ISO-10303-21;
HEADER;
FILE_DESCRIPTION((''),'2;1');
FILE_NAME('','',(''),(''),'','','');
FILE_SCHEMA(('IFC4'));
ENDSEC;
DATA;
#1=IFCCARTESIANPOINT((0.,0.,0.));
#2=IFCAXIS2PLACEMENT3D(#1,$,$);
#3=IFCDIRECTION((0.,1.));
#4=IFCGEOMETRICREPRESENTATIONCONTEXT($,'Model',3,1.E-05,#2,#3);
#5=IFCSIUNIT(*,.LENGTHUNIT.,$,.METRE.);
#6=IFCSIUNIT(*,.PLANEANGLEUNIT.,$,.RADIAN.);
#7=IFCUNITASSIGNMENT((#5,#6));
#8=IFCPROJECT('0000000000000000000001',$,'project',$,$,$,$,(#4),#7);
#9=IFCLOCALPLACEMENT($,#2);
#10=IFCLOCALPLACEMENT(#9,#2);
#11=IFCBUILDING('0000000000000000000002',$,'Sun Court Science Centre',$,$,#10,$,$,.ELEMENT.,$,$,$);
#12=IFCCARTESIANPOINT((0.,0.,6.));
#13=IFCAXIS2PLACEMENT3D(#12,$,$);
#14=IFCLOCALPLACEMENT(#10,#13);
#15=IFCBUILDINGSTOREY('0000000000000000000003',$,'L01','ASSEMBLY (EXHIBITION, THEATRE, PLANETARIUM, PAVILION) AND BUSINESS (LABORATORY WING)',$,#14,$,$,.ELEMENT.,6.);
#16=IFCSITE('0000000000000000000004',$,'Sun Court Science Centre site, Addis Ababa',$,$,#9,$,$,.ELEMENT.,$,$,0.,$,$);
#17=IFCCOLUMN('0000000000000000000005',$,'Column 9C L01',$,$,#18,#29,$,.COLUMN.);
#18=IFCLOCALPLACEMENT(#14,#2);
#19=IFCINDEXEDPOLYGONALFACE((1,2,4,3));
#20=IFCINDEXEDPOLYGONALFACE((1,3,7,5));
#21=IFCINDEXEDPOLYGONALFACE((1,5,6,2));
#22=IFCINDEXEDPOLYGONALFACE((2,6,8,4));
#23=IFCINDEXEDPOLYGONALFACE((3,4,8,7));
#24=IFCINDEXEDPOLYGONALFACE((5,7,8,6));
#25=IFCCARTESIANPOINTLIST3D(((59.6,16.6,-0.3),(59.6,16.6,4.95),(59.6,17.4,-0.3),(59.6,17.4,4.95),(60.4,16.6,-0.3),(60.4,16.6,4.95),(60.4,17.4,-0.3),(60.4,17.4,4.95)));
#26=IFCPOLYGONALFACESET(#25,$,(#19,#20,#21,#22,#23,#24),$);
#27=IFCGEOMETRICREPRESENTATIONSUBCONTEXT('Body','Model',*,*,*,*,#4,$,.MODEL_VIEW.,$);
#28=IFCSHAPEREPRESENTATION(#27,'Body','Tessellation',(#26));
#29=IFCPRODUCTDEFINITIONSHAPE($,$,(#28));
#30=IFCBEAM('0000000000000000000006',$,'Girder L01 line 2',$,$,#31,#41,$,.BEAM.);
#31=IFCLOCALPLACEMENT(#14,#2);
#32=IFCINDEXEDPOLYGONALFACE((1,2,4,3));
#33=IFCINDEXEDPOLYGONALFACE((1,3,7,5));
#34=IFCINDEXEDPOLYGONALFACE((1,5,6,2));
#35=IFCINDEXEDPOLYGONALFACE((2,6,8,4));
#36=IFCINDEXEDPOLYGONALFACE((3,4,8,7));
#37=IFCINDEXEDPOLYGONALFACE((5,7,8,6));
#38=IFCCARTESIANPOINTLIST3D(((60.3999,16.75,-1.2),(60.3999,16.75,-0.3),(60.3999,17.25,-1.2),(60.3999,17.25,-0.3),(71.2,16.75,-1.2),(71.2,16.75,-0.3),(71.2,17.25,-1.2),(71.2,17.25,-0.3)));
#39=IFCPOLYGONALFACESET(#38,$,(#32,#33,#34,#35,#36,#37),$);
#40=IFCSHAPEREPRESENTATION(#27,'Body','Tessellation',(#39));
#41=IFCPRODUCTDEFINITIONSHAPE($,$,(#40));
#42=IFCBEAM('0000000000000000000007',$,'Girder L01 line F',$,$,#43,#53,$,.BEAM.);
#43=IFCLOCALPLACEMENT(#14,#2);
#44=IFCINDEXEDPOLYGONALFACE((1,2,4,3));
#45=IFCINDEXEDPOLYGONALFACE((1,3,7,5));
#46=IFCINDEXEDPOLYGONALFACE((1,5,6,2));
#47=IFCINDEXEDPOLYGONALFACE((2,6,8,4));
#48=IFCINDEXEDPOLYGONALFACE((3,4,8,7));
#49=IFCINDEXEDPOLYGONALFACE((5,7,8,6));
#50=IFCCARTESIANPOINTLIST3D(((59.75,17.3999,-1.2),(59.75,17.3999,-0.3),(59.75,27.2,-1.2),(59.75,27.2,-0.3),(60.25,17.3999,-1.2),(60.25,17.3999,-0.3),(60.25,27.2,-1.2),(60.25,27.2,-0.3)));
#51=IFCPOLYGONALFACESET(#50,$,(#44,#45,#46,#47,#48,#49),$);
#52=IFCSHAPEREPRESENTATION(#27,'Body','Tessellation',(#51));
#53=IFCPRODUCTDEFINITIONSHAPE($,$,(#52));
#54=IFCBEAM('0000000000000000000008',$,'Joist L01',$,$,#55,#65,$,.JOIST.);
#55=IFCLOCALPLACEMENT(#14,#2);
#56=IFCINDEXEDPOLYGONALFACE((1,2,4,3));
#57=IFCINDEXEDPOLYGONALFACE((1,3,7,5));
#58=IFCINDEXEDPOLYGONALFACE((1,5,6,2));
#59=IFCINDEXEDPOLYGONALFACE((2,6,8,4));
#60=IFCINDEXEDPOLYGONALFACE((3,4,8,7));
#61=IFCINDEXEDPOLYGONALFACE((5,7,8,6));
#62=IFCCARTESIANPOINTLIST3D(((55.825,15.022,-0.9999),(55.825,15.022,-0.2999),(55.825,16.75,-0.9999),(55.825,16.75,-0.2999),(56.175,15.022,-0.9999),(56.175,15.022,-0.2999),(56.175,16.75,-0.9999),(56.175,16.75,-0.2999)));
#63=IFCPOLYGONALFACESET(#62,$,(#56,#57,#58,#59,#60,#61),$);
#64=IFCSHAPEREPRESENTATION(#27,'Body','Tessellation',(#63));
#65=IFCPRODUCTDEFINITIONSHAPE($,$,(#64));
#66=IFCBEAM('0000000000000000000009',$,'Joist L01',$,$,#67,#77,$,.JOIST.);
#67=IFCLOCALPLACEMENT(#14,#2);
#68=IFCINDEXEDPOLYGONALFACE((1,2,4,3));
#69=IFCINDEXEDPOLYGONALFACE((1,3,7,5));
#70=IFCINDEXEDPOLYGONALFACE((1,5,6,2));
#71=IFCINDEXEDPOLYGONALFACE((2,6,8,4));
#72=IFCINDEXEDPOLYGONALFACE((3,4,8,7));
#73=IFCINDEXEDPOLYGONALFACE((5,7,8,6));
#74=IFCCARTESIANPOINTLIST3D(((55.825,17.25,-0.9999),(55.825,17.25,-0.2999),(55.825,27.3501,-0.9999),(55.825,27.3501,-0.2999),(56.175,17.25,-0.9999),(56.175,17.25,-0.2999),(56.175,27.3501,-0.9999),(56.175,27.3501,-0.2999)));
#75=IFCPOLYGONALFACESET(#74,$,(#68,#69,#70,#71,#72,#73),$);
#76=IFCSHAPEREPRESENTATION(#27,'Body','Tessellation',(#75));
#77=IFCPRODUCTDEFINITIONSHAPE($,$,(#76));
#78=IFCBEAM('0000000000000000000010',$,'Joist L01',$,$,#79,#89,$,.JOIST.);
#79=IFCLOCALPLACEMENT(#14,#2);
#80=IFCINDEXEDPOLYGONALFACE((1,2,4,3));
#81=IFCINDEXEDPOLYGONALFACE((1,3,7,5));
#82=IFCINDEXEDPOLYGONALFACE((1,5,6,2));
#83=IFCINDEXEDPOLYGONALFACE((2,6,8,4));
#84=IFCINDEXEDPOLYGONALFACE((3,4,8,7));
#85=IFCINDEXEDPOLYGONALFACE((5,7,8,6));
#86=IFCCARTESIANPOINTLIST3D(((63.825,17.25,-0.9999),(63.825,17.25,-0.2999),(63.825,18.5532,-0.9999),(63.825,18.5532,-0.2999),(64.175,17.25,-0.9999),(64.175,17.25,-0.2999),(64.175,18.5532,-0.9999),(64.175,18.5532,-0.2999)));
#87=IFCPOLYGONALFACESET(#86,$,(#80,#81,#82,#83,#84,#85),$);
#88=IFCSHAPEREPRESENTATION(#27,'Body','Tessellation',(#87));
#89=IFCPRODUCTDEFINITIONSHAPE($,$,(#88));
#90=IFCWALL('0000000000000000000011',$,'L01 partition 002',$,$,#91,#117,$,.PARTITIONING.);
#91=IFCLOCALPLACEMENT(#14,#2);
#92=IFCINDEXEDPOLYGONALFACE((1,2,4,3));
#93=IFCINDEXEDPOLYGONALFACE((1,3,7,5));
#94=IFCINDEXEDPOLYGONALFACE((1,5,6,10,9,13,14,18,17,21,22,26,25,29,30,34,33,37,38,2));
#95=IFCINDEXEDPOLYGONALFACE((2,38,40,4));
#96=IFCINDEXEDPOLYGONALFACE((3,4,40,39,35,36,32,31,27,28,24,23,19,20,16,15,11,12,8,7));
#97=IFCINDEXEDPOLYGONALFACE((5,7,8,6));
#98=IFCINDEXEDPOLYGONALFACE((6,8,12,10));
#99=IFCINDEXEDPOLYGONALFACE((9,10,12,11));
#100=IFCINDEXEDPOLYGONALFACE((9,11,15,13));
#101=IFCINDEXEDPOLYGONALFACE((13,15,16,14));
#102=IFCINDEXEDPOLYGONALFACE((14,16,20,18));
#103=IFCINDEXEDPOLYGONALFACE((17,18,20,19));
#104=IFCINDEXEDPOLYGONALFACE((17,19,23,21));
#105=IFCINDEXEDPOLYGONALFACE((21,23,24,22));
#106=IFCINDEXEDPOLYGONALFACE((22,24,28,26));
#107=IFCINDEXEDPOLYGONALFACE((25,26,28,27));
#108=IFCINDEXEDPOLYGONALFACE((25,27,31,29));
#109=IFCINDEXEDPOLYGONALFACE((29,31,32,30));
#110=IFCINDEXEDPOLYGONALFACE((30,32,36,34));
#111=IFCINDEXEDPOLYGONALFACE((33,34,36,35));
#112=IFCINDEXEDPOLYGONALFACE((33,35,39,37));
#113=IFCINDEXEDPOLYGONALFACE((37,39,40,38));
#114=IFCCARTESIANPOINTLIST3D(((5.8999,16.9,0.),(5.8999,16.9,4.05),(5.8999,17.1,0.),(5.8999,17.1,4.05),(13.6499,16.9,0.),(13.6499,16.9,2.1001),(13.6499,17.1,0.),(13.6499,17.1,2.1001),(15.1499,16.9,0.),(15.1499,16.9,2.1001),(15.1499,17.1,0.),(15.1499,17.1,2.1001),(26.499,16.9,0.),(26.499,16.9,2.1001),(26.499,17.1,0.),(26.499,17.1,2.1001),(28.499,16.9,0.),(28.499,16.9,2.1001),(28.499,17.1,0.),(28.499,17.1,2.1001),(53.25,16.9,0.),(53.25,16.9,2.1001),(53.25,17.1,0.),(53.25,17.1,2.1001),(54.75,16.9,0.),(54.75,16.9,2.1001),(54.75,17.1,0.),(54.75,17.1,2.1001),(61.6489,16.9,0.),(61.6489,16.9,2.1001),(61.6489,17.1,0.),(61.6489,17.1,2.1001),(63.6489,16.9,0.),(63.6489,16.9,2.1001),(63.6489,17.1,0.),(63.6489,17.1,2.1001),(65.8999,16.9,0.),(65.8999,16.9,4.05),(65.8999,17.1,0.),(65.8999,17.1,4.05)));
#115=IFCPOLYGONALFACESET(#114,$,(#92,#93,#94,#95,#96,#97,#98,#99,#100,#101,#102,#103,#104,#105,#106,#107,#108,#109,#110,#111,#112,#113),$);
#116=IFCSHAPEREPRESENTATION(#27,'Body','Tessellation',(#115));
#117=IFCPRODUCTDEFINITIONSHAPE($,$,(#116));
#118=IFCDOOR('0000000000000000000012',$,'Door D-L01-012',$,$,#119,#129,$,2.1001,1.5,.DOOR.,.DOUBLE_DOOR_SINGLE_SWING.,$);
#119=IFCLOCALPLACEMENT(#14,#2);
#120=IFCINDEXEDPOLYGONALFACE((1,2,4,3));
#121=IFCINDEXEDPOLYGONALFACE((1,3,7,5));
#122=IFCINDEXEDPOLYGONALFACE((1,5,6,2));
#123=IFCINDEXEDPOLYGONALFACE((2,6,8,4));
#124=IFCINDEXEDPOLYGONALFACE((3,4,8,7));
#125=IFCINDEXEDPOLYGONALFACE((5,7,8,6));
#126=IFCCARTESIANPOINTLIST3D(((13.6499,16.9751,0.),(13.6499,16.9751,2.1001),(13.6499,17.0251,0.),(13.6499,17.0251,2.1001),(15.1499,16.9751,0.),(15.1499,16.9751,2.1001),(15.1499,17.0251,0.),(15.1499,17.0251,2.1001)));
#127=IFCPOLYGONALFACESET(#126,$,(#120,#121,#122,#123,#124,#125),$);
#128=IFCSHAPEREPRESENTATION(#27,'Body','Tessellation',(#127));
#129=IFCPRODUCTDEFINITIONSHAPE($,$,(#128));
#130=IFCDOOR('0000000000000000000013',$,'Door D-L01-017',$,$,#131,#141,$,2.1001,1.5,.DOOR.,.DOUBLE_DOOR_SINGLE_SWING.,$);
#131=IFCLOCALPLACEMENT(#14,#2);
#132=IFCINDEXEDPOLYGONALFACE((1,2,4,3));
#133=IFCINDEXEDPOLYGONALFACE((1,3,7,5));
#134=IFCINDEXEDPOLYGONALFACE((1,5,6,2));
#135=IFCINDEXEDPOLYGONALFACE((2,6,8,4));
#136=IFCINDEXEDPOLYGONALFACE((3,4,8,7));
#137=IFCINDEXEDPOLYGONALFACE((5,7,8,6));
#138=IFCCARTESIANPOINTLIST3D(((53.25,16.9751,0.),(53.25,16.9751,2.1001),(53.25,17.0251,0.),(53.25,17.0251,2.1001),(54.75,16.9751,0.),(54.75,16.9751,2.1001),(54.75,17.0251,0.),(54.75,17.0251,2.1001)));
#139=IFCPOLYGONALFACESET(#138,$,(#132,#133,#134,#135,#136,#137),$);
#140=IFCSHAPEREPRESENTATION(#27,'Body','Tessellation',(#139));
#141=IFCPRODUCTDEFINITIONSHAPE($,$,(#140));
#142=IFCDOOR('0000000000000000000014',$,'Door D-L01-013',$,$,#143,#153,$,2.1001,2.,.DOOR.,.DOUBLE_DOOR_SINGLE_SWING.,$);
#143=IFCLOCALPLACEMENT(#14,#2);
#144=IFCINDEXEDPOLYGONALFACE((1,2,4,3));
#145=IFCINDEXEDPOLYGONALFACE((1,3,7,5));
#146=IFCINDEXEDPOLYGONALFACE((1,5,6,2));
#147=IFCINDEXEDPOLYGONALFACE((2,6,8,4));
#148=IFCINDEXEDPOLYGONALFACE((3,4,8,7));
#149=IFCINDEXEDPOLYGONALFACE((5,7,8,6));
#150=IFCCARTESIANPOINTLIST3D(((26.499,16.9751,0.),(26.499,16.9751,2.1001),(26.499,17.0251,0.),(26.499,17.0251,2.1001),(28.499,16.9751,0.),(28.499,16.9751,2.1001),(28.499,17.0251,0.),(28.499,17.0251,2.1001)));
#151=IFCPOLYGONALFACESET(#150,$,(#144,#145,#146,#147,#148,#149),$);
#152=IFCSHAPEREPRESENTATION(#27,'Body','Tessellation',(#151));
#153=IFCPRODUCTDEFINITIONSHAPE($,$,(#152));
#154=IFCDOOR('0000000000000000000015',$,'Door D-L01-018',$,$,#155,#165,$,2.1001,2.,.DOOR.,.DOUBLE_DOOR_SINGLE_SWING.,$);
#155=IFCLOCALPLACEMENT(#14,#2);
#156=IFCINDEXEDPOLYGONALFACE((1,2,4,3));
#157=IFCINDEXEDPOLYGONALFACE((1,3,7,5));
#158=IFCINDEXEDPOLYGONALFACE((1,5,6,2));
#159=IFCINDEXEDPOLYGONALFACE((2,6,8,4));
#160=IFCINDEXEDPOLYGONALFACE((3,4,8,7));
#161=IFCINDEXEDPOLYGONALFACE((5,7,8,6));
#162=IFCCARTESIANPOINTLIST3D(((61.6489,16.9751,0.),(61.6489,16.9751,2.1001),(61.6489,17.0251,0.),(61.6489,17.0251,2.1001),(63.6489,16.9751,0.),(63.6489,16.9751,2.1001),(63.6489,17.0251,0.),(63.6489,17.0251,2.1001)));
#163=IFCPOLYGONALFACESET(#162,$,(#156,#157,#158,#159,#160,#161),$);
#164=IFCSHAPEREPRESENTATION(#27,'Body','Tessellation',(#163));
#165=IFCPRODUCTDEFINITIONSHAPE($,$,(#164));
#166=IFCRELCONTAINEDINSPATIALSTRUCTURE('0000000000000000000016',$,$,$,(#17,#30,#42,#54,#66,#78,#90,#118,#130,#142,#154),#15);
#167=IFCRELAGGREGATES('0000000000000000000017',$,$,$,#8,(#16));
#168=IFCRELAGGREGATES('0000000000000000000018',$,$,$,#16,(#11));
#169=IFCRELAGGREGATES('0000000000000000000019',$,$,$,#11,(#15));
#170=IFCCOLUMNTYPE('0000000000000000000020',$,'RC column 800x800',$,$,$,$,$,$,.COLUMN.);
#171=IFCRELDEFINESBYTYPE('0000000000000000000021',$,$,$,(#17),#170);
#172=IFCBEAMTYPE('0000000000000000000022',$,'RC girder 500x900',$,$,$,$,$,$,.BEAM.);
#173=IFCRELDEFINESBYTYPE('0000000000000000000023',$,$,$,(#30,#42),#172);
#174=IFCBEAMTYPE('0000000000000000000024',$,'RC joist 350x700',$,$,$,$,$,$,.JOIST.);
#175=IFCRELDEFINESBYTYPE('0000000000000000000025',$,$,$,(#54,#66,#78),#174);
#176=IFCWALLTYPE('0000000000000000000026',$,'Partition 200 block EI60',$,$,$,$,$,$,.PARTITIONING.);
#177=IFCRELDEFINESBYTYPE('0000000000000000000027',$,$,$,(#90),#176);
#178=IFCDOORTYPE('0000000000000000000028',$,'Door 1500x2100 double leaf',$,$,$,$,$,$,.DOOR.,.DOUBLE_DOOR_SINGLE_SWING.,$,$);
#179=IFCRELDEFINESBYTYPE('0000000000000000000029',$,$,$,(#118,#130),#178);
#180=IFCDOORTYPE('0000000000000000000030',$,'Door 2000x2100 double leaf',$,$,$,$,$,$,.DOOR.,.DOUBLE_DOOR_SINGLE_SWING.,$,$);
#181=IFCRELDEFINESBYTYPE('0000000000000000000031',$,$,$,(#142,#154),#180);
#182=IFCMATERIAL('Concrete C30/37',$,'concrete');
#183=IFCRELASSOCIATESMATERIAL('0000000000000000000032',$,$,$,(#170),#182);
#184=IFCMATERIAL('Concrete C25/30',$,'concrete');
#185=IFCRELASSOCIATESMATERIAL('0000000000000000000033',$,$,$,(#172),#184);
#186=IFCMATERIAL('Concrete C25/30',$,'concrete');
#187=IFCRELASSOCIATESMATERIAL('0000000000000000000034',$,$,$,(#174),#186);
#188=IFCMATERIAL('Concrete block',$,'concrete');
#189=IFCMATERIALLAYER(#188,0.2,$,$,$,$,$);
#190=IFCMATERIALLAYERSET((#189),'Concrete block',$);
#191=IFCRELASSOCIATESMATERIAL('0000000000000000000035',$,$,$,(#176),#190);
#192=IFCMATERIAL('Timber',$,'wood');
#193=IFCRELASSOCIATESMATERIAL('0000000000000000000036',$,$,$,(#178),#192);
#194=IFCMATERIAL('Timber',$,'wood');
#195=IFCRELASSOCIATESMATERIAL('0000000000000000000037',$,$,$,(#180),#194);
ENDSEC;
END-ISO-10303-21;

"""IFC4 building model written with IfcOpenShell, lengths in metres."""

from ifc_helpers import new_model, si_unit, direction, frame, frame_2d, origin, origin_2d, place, context, subcontext, project, spatial, rectangle, extrude, material, layer, layer_set, material_profile, profile_set, type_object, element, fill, save


model = new_model("IFC4")

# Units and contexts
model_context = context("Model", 3, precision=1e-05, world=origin(), true_north=direction((0.0, 1.0)))
body_context = subcontext(model_context, "Body", "Model", "MODEL_VIEW")
ifc_project = project(units=[si_unit("LENGTHUNIT", "METRE"), si_unit("PLANEANGLEUNIT", "RADIAN")], contexts=[model_context])

# Site, building, storey
site_placement = place(None, origin())
site = spatial("IfcSite", under=ifc_project, at=site_placement, Name="Sun Court Science Centre site, Addis Ababa", CompositionType="ELEMENT", RefElevation=0.0)
building_placement = place(site_placement, origin())
building = spatial("IfcBuilding", under=site, at=building_placement, Name="Sun Court Science Centre", CompositionType="ELEMENT")
storey_placement = place(building_placement, frame((0.0, 0.0, 6.0)))
storey = spatial("IfcBuildingStorey", under=building, at=storey_placement, Name="L01", Description="ASSEMBLY (EXHIBITION, THEATRE, PLANETARIUM, PAVILION) AND BUSINESS (LABORATORY WING)", CompositionType="ELEMENT", Elevation=6.0)

# Column
ifc_material_1 = material(Name="Concrete C30/37", Category="concrete")
ifc_material_profile_1 = material_profile(ifc_material_1, rectangle(XDim=0.8, YDim=0.8, at=origin_2d()), Name="RC 800x800")
ifc_profile_set_1 = profile_set([ifc_material_profile_1], Name="Concrete C30/37")
column_type = type_object("IfcColumnType", Name="RC column 800x800", PredefinedType="COLUMN", material=ifc_profile_set_1)
column_placement = place(storey_placement, frame((60.0, 17.0, -0.3), z_axis=(0.0, 0.0, 1.0), x_axis=(1.0, 0.0, 0.0)))
element("IfcColumn", 1, at=column_placement, inside=storey, type_object=column_type, Name="Column 9C L01", PredefinedType="COLUMN", context=body_context, shape_type="SweptSolid", body=[
    extrude(rectangle(XDim=0.8, YDim=0.8, at=origin_2d()), origin(), (0.0, 0.0, 1.0), 5.25),
])

# Beams
ifc_material_2 = material(Name="Concrete C25/30", Category="concrete")
ifc_material_profile_2 = material_profile(ifc_material_2, rectangle(XDim=0.5, YDim=0.8999, at=origin_2d()), Name="RC 500x900")
ifc_profile_set_2 = profile_set([ifc_material_profile_2], Name="Concrete C25/30")
beam_type_1 = type_object("IfcBeamType", Name="RC girder 500x900", PredefinedType="BEAM", material=ifc_profile_set_2)
beam_1_placement = place(storey_placement, frame((60.3999, 17.0, -0.75), z_axis=(1.0, 0.0, 0.0), x_axis=(0.0, 1.0, 0.0)))
element("IfcBeam", 2, at=beam_1_placement, inside=storey, type_object=beam_type_1, Name="Girder L01 line 2", PredefinedType="BEAM", context=body_context, shape_type="SweptSolid", body=[
    extrude(rectangle(XDim=0.5, YDim=0.8999, at=origin_2d()), origin(), (0.0, 0.0, 1.0), 10.8),
])
beam_2_placement = place(storey_placement, frame((60.0, 17.3999, -0.75), z_axis=(0.0, 1.0, 0.0), x_axis=(-1.0, 0.0, 0.0)))
element("IfcBeam", 3, at=beam_2_placement, inside=storey, type_object=beam_type_1, Name="Girder L01 line F", PredefinedType="BEAM", context=body_context, shape_type="SweptSolid", body=[
    extrude(rectangle(XDim=0.5, YDim=0.8999, at=origin_2d()), origin(), (0.0, 0.0, 1.0), 9.8),
])
ifc_material_3 = material(Name="Concrete C25/30", Category="concrete")
ifc_material_profile_3 = material_profile(ifc_material_3, rectangle(XDim=0.3501, YDim=0.7, at=origin_2d()), Name="RC 350x700")
ifc_profile_set_3 = profile_set([ifc_material_profile_3], Name="Concrete C25/30")
beam_type_2 = type_object("IfcBeamType", Name="RC joist 350x700", PredefinedType="JOIST", material=ifc_profile_set_3)
beam_3_placement = place(storey_placement, frame((56.0, 15.022, -0.6499), z_axis=(0.0, 1.0, 0.0), x_axis=(-1.0, 0.0, 0.0)))
element("IfcBeam", 4, at=beam_3_placement, inside=storey, type_object=beam_type_2, Name="Joist L01", PredefinedType="JOIST", context=body_context, shape_type="SweptSolid", body=[
    extrude(rectangle(XDim=0.3501, YDim=0.7, at=origin_2d()), origin(), (0.0, 0.0, 1.0), 1.728),
])
beam_4_placement = place(storey_placement, frame((56.0, 17.25, -0.6499), z_axis=(0.0, 1.0, 0.0), x_axis=(-1.0, 0.0, 0.0)))
element("IfcBeam", 5, at=beam_4_placement, inside=storey, type_object=beam_type_2, Name="Joist L01", PredefinedType="JOIST", context=body_context, shape_type="SweptSolid", body=[
    extrude(rectangle(XDim=0.3501, YDim=0.7, at=origin_2d()), origin(), (0.0, 0.0, 1.0), 10.1001),
])
beam_5_placement = place(storey_placement, frame((64.0, 17.25, -0.6499), z_axis=(0.0, 1.0, 0.0), x_axis=(-1.0, 0.0, 0.0)))
element("IfcBeam", 6, at=beam_5_placement, inside=storey, type_object=beam_type_2, Name="Joist L01", PredefinedType="JOIST", context=body_context, shape_type="SweptSolid", body=[
    extrude(rectangle(XDim=0.3501, YDim=0.7, at=origin_2d()), origin(), (0.0, 0.0, 1.0), 1.3032),
])

# Wall, openings, doors
ifc_material_4 = material(Name="Concrete block", Category="concrete")
ifc_layer_1 = layer(ifc_material_4, 0.2)
ifc_layer_set_1 = layer_set([ifc_layer_1], Name="Concrete block")
wall_type_1 = type_object("IfcWallType", Name="Partition 200 block EI60", PredefinedType="PARTITIONING", material=ifc_layer_set_1)
wall_1_placement = place(storey_placement, frame((65.8999, 17.0, 0.0), z_axis=(0.0, 0.0, 1.0), x_axis=(-1.0, 0.0, 0.0)))
wall_1 = element("IfcWall", 7, at=wall_1_placement, inside=storey, type_object=wall_type_1, Name="L01 partition 002", PredefinedType="PARTITIONING", context=body_context, shape_type="SweptSolid", body=[
    extrude(rectangle(XDim=60.0, YDim=0.2, at=frame_2d((30.0, 0.0))), origin(), (0.0, 0.0, 1.0), 4.05),
])
opening_1_placement = place(wall_1_placement, frame((50.75, 0.0, 0.0)))
opening_1 = element("IfcOpeningElement", 8, at=opening_1_placement, cuts=wall_1, PredefinedType="OPENING", context=body_context, shape_type="SweptSolid", body=[
    extrude(rectangle(XDim=1.5, YDim=2.1001, at=frame_2d((0.75, 1.05))), frame((0.0, 0.1099, 0.0), z_axis=(0.0, -1.0, 0.0), x_axis=(1.0, 0.0, 0.0)), (0.0, 0.0, 1.0), 0.22),
])
opening_2_placement = place(wall_1_placement, frame((37.4009, 0.0, 0.0)))
opening_2 = element("IfcOpeningElement", 9, at=opening_2_placement, cuts=wall_1, PredefinedType="OPENING", context=body_context, shape_type="SweptSolid", body=[
    extrude(rectangle(XDim=2.0, YDim=2.1001, at=frame_2d((1.0, 1.05))), frame((0.0, 0.1099, 0.0), z_axis=(0.0, -1.0, 0.0), x_axis=(1.0, 0.0, 0.0)), (0.0, 0.0, 1.0), 0.22),
])
opening_3_placement = place(wall_1_placement, frame((11.1499, 0.0, 0.0)))
opening_3 = element("IfcOpeningElement", 10, at=opening_3_placement, cuts=wall_1, PredefinedType="OPENING", context=body_context, shape_type="SweptSolid", body=[
    extrude(rectangle(XDim=1.5, YDim=2.1001, at=frame_2d((0.75, 1.05))), frame((0.0, 0.1099, 0.0), z_axis=(0.0, -1.0, 0.0), x_axis=(1.0, 0.0, 0.0)), (0.0, 0.0, 1.0), 0.22),
])
opening_4_placement = place(wall_1_placement, frame((2.251, 0.0, 0.0)))
opening_4 = element("IfcOpeningElement", 11, at=opening_4_placement, cuts=wall_1, PredefinedType="OPENING", context=body_context, shape_type="SweptSolid", body=[
    extrude(rectangle(XDim=2.0, YDim=2.1001, at=frame_2d((1.0, 1.05))), frame((0.0, 0.1099, 0.0), z_axis=(0.0, -1.0, 0.0), x_axis=(1.0, 0.0, 0.0)), (0.0, 0.0, 1.0), 0.22),
])
ifc_material_5 = material(Name="Timber", Category="wood")
door_type_1 = type_object("IfcDoorType", Name="Door 1500x2100 double leaf", OperationType="DOUBLE_DOOR_SINGLE_SWING", PredefinedType="DOOR", material=ifc_material_5)
door_1_placement = place(opening_1_placement, origin())
door_1 = element("IfcDoor", 12, at=door_1_placement, inside=storey, type_object=door_type_1, Name="Door D-L01-012", OperationType="DOUBLE_DOOR_SINGLE_SWING", OverallHeight=2.1001, OverallWidth=1.5, PredefinedType="DOOR", context=body_context, shape_type="SweptSolid", body=[
    extrude(rectangle(XDim=1.5, YDim=2.1001, at=frame_2d((0.75, 1.05))), frame((0.0, 0.0249, 0.0), z_axis=(0.0, -1.0, 0.0), x_axis=(1.0, 0.0, 0.0)), (0.0, 0.0, 1.0), 0.05),
])
fill(opening_1, door_1)
door_2_placement = place(opening_3_placement, origin())
door_2 = element("IfcDoor", 13, at=door_2_placement, inside=storey, type_object=door_type_1, Name="Door D-L01-017", OperationType="DOUBLE_DOOR_SINGLE_SWING", OverallHeight=2.1001, OverallWidth=1.5, PredefinedType="DOOR", context=body_context, shape_type="SweptSolid", body=[
    extrude(rectangle(XDim=1.5, YDim=2.1001, at=frame_2d((0.75, 1.05))), frame((0.0, 0.0249, 0.0), z_axis=(0.0, -1.0, 0.0), x_axis=(1.0, 0.0, 0.0)), (0.0, 0.0, 1.0), 0.05),
])
fill(opening_3, door_2)
ifc_material_6 = material(Name="Timber", Category="wood")
door_type_2 = type_object("IfcDoorType", Name="Door 2000x2100 double leaf", OperationType="DOUBLE_DOOR_SINGLE_SWING", PredefinedType="DOOR", material=ifc_material_6)
door_3_placement = place(opening_2_placement, origin())
door_3 = element("IfcDoor", 14, at=door_3_placement, inside=storey, type_object=door_type_2, Name="Door D-L01-013", OperationType="DOUBLE_DOOR_SINGLE_SWING", OverallHeight=2.1001, OverallWidth=2.0, PredefinedType="DOOR", context=body_context, shape_type="SweptSolid", body=[
    extrude(rectangle(XDim=2.0, YDim=2.1001, at=frame_2d((1.0, 1.05))), frame((0.0, 0.0249, 0.0), z_axis=(0.0, -1.0, 0.0), x_axis=(1.0, 0.0, 0.0)), (0.0, 0.0, 1.0), 0.05),
])
fill(opening_2, door_3)
door_4_placement = place(opening_4_placement, origin())
door_4 = element("IfcDoor", 15, at=door_4_placement, inside=storey, type_object=door_type_2, Name="Door D-L01-018", OperationType="DOUBLE_DOOR_SINGLE_SWING", OverallHeight=2.1001, OverallWidth=2.0, PredefinedType="DOOR", context=body_context, shape_type="SweptSolid", body=[
    extrude(rectangle(XDim=2.0, YDim=2.1001, at=frame_2d((1.0, 1.05))), frame((0.0, 0.0249, 0.0), z_axis=(0.0, -1.0, 0.0), x_axis=(1.0, 0.0, 0.0)), (0.0, 0.0, 1.0), 0.05),
])
fill(opening_4, door_4)

save(model, "model.ifc")
